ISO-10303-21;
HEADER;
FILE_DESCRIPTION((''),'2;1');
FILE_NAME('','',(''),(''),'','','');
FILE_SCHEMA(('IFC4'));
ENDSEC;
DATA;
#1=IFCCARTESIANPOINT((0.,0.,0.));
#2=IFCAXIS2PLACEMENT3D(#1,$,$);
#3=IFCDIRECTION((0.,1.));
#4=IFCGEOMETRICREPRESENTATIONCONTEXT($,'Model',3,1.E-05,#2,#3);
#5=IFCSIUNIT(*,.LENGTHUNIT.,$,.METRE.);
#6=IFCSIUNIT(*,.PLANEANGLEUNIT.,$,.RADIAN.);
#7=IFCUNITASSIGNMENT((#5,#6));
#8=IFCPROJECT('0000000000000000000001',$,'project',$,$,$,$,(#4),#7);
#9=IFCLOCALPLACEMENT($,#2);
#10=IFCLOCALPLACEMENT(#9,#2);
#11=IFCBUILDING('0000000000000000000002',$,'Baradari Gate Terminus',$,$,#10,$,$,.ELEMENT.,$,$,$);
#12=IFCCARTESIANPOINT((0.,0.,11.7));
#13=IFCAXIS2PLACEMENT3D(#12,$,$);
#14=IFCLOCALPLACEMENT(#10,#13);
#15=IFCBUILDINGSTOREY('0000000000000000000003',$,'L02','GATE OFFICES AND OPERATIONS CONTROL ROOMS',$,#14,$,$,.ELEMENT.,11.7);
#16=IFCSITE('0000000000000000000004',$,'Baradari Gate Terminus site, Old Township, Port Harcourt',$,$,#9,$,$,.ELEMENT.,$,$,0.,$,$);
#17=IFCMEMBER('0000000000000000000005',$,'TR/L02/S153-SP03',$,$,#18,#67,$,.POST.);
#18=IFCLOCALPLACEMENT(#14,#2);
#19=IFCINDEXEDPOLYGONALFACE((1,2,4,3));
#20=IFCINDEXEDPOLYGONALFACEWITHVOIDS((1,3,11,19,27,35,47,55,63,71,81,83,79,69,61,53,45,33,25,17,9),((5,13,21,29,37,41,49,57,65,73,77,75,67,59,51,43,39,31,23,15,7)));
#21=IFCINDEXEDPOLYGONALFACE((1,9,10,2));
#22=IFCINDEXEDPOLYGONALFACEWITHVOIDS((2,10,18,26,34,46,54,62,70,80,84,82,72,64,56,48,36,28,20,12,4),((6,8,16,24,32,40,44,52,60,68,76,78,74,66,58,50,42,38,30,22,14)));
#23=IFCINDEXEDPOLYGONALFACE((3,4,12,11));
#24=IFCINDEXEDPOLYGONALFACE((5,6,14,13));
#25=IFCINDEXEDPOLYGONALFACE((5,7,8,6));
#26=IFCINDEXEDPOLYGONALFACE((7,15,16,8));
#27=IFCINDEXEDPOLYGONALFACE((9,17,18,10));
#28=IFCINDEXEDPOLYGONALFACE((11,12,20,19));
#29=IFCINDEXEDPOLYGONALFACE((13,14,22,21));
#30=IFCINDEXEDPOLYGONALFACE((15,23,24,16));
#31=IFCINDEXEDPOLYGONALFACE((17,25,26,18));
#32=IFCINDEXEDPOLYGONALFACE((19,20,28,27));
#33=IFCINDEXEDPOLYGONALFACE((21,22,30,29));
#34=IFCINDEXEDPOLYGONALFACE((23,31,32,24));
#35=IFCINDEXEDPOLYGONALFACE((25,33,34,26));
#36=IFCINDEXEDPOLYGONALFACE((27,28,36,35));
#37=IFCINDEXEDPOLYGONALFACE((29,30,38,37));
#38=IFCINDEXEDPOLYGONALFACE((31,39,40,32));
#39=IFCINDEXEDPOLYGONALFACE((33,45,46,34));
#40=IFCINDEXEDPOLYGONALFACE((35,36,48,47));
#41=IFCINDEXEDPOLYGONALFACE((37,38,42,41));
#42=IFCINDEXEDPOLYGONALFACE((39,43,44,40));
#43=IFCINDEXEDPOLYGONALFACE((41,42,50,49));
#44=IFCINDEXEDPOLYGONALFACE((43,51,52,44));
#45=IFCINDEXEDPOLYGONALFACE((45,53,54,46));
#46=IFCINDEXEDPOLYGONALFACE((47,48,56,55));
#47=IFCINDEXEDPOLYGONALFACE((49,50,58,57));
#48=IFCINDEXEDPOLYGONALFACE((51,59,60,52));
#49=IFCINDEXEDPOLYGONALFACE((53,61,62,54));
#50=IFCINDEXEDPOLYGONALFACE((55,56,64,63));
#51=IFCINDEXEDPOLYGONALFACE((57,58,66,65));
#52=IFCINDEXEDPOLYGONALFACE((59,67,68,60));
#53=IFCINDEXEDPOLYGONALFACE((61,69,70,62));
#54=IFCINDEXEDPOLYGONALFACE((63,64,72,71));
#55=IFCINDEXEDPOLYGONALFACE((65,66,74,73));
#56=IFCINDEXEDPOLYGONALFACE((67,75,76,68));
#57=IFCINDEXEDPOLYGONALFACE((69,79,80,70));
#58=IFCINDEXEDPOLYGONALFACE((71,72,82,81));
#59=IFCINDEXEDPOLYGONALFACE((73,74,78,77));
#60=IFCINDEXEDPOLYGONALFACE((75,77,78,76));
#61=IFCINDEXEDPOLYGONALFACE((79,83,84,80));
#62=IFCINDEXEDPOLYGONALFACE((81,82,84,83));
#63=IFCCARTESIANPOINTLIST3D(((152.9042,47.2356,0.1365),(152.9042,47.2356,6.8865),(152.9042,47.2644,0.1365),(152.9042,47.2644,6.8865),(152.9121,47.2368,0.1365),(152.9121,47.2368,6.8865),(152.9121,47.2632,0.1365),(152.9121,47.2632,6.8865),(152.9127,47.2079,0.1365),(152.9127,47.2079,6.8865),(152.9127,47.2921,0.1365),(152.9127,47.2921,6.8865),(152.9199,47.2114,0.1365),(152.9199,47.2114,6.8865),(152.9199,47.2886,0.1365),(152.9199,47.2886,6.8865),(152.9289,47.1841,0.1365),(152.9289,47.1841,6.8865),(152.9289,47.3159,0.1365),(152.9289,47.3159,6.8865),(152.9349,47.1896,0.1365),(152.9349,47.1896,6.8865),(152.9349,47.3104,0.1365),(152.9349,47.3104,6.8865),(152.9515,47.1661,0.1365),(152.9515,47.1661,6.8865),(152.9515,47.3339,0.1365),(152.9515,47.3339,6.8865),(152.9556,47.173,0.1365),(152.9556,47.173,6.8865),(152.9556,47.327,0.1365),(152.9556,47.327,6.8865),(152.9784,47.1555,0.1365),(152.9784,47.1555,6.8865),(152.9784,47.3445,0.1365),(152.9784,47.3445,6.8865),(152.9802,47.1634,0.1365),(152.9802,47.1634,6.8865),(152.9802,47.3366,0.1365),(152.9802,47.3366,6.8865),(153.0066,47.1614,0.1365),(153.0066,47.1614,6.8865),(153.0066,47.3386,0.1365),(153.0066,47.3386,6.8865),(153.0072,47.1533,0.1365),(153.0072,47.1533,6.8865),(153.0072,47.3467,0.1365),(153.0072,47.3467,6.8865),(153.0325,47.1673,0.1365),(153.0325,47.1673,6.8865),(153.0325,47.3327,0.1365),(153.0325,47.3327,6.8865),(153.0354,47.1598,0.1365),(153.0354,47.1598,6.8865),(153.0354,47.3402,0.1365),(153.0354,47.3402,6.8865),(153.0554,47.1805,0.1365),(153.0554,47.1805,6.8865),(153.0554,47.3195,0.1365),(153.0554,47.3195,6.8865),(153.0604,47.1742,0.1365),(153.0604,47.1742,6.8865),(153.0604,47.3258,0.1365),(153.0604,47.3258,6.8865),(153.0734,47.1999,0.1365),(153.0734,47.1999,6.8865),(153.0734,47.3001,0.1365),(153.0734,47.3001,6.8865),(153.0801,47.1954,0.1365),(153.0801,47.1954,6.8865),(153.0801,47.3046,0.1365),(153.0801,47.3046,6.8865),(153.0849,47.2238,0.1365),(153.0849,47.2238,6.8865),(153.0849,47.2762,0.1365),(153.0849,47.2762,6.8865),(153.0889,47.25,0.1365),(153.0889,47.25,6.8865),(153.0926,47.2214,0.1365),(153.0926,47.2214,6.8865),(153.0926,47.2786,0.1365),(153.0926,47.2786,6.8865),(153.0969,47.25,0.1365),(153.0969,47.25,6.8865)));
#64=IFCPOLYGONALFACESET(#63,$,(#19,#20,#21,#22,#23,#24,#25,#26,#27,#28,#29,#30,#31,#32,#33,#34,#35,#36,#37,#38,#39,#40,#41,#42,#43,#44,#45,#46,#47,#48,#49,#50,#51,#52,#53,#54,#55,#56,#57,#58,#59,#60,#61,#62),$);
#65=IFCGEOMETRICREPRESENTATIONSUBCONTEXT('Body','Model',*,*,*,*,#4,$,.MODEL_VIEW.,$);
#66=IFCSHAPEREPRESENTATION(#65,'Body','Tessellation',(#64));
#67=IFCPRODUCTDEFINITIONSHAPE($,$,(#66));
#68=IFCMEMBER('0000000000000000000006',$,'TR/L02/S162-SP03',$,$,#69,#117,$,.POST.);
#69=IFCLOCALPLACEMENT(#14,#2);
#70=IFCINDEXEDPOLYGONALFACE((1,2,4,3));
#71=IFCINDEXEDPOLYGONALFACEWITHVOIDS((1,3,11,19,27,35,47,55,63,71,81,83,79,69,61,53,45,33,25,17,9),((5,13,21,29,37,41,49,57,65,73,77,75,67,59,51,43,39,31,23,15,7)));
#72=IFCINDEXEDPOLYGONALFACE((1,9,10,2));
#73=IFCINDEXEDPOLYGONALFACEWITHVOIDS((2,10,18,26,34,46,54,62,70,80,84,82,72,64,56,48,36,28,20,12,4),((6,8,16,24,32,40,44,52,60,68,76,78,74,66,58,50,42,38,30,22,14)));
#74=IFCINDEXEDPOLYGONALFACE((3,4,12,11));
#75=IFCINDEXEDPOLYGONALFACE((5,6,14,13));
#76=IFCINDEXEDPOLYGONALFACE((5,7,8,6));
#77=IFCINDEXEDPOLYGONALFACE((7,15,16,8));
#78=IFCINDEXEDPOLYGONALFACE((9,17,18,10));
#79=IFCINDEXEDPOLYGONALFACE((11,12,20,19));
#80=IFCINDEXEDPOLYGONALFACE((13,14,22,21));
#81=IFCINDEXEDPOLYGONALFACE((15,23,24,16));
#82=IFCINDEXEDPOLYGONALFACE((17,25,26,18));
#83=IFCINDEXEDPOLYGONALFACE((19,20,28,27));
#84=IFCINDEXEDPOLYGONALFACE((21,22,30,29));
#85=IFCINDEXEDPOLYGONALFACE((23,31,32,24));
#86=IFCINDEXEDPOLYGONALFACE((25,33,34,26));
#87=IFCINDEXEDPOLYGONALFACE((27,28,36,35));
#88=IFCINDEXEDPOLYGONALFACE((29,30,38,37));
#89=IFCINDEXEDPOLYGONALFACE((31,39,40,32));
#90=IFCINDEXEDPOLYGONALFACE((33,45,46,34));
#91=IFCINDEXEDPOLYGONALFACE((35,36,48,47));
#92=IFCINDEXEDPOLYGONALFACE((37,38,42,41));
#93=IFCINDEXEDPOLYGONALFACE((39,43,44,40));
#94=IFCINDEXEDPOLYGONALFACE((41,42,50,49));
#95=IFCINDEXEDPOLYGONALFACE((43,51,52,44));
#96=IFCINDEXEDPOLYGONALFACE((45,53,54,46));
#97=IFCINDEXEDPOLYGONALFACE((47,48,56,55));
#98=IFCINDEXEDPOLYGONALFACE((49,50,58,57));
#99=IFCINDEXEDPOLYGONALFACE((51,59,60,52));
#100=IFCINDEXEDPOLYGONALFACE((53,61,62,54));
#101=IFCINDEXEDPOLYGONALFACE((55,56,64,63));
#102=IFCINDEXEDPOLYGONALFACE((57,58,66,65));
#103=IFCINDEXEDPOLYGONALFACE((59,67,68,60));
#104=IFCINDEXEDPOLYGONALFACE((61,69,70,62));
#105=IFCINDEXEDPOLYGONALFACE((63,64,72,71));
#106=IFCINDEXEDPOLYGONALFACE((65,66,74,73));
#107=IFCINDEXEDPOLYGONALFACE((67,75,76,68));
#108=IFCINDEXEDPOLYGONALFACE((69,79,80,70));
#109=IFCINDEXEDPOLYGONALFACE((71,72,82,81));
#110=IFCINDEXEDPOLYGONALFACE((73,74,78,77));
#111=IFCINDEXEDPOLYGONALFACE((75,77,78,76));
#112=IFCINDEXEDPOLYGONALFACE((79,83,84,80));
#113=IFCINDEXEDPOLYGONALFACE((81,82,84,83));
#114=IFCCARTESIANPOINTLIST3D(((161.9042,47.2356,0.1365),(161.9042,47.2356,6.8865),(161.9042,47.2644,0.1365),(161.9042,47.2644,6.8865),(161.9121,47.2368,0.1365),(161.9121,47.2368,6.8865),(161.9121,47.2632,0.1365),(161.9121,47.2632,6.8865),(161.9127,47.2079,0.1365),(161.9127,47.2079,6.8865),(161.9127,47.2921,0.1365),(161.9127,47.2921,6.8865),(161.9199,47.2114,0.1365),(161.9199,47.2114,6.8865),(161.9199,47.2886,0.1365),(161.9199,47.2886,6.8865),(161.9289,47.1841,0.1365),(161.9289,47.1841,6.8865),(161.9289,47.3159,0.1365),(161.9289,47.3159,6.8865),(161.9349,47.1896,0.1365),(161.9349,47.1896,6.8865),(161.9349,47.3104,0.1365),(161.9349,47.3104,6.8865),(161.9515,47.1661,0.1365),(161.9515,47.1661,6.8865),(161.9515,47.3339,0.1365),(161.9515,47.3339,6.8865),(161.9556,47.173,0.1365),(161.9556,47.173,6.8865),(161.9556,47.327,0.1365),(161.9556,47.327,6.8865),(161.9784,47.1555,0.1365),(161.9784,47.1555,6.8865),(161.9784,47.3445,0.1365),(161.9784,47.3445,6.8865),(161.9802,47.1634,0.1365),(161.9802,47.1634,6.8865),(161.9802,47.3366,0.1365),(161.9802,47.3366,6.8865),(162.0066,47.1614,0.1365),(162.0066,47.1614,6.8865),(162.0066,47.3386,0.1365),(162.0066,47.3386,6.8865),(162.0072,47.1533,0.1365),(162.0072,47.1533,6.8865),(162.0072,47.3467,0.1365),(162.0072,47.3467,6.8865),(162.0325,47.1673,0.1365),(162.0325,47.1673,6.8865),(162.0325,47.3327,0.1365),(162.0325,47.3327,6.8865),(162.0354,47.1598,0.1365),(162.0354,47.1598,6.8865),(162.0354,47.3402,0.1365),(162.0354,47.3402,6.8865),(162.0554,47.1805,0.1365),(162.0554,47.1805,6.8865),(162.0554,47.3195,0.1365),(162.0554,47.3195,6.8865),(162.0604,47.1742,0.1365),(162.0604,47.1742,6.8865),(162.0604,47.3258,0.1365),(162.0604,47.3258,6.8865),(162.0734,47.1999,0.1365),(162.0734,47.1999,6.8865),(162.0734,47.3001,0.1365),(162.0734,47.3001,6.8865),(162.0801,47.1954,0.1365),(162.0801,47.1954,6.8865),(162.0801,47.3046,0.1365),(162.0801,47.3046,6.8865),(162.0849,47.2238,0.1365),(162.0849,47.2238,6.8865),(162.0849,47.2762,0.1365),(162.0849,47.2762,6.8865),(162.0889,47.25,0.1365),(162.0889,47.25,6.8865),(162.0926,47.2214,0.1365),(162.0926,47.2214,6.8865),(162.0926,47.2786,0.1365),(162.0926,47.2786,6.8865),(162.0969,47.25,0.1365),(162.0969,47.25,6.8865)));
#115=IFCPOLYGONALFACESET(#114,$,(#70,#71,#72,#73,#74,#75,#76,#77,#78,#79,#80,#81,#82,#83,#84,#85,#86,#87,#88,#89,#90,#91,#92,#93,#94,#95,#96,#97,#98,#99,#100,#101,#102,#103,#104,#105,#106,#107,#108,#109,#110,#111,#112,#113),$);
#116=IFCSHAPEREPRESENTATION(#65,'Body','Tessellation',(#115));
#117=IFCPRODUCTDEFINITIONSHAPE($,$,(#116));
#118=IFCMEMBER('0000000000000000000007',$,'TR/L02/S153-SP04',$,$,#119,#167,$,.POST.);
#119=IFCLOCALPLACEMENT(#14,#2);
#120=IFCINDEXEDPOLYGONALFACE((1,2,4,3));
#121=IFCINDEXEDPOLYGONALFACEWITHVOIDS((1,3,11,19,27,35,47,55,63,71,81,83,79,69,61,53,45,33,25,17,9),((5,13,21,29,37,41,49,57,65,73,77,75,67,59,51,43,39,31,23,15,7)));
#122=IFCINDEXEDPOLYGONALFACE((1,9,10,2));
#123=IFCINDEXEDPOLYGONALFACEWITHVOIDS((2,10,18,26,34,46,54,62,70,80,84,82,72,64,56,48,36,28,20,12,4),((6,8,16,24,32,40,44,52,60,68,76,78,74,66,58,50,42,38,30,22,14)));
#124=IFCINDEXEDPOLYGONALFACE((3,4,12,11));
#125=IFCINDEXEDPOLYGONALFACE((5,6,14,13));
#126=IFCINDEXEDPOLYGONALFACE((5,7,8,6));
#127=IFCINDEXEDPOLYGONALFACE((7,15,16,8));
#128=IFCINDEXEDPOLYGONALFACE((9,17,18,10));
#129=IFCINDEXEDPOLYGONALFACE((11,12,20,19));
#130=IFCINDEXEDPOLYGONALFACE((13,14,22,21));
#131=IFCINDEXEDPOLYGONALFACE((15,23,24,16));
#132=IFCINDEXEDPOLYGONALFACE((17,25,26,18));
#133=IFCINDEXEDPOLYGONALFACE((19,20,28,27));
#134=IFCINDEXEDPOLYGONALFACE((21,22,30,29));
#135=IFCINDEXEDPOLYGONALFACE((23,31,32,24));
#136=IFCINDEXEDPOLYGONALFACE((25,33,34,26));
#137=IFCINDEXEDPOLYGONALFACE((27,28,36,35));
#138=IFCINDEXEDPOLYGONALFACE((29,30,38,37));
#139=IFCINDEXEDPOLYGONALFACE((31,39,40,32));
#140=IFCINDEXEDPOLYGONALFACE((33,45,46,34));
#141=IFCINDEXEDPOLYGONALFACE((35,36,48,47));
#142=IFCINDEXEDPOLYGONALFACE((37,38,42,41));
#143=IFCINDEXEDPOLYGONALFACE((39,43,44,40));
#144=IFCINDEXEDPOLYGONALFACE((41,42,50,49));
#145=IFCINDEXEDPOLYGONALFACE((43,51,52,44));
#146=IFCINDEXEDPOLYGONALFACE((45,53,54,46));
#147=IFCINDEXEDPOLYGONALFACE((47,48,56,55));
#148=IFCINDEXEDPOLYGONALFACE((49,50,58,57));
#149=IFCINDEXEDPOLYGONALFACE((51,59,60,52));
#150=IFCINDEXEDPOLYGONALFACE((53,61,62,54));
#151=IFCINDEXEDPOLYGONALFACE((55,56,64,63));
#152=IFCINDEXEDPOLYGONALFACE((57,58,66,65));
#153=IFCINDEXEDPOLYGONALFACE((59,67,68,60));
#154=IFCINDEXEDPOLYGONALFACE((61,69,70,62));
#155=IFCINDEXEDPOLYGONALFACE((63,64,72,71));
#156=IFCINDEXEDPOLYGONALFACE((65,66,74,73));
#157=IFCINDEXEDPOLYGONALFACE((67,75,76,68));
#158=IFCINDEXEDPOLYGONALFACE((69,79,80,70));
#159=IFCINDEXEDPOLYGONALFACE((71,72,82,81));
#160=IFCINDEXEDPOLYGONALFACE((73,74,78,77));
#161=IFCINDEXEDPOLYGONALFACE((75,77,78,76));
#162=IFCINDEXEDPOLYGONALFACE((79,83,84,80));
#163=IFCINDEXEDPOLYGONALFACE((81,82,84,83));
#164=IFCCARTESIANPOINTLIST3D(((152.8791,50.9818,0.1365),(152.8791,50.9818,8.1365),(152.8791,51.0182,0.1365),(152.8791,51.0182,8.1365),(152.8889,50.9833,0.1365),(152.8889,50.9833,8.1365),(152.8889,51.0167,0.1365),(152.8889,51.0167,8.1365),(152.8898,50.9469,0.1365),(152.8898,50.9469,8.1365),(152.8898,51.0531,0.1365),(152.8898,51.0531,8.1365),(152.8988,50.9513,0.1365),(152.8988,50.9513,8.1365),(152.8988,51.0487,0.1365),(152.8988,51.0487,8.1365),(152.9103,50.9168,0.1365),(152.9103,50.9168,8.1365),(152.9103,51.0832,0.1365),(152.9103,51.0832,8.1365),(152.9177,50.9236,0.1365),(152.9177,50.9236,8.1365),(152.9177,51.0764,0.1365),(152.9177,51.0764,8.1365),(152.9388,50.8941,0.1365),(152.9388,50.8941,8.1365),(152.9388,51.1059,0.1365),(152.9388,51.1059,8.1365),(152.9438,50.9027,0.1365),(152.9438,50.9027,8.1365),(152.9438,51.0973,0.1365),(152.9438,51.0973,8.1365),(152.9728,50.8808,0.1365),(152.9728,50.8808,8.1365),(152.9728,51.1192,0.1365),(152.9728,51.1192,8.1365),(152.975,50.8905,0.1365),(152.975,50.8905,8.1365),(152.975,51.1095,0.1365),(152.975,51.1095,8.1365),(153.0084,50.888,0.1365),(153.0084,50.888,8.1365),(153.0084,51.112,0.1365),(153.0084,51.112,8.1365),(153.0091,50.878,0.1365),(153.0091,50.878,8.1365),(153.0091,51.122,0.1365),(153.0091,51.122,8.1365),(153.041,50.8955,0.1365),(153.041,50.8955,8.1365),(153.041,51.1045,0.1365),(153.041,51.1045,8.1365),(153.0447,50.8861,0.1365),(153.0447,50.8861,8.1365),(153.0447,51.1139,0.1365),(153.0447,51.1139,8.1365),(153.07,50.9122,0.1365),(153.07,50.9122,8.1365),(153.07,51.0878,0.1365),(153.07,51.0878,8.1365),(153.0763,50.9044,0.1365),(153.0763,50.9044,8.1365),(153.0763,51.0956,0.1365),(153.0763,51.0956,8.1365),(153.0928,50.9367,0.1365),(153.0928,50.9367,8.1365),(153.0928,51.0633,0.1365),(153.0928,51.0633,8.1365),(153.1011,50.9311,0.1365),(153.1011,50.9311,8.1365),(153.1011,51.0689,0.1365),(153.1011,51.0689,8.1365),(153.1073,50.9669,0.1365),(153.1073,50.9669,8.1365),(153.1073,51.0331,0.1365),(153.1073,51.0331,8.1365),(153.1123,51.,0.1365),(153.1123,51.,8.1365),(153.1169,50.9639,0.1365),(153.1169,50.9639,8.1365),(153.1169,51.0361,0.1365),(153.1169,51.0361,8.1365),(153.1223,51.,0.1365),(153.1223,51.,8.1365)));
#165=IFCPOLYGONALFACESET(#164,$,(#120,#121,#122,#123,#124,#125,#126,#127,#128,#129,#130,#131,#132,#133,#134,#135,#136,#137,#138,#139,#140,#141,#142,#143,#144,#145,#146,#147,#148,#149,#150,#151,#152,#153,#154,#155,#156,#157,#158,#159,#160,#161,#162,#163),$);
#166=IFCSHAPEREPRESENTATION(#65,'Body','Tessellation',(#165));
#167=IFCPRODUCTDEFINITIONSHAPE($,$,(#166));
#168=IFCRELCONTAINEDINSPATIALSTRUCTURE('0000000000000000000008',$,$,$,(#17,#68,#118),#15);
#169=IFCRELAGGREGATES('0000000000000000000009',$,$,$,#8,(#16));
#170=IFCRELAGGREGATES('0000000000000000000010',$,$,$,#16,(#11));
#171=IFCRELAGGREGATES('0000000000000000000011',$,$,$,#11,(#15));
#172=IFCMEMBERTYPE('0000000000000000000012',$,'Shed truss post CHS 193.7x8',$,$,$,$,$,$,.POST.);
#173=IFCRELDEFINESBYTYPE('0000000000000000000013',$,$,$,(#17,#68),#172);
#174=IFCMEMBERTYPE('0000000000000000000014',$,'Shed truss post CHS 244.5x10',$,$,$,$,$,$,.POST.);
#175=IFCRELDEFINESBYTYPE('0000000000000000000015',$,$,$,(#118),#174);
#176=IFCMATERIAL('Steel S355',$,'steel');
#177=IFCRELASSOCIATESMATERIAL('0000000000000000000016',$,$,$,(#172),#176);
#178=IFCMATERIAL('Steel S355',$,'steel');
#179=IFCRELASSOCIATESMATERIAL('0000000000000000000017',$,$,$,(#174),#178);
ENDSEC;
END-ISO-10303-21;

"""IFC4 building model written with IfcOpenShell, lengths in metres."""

from ifc_helpers import new_model, si_unit, direction, frame, origin, origin_2d, place, context, subcontext, project, spatial, hollow_circle, extrude, material, material_profile, profile_set, type_object, element, save


model = new_model("IFC4")

# Units and contexts
model_context = context("Model", 3, precision=1e-05, world=origin(), true_north=direction((0.0, 1.0)))
body_context = subcontext(model_context, "Body", "Model", "MODEL_VIEW")
ifc_project = project(units=[si_unit("LENGTHUNIT", "METRE"), si_unit("PLANEANGLEUNIT", "RADIAN")], contexts=[model_context])

# Site, building, storey
site_placement = place(None, origin())
site = spatial("IfcSite", under=ifc_project, at=site_placement, Name="Baradari Gate Terminus site, Old Township, Port Harcourt", CompositionType="ELEMENT", RefElevation=0.0)
building_placement = place(site_placement, origin())
building = spatial("IfcBuilding", under=site, at=building_placement, Name="Baradari Gate Terminus", CompositionType="ELEMENT")
storey_placement = place(building_placement, frame((0.0, 0.0, 11.7)))
storey = spatial("IfcBuildingStorey", under=building, at=storey_placement, Name="L02", Description="GATE OFFICES AND OPERATIONS CONTROL ROOMS", CompositionType="ELEMENT", Elevation=11.7)

# Members
ifc_material_1 = material(Name="Steel S355", Category="steel")
ifc_material_profile_1 = material_profile(ifc_material_1, hollow_circle(Radius=0.0969, WallThickness=0.0081, at=origin_2d()), Name="CHS 193.7x8")
ifc_profile_set_1 = profile_set([ifc_material_profile_1], Name="Steel S355")
member_type_1 = type_object("IfcMemberType", Name="Shed truss post CHS 193.7x8", PredefinedType="POST", material=ifc_profile_set_1)
for number, where, z_axis, x_axis, name in (
    (1, (153.0, 47.25, 0.1365), (0.0, 0.0, 1.0), (1.0, 0.0, 0.0), "TR/L02/S153-SP03"),
    (2, (162.0, 47.25, 0.1365), (0.0, 0.0, 1.0), (1.0, 0.0, 0.0), "TR/L02/S162-SP03"),
):
    element("IfcMember", number, at=place(storey_placement, frame(where, z_axis=z_axis, x_axis=x_axis)), inside=storey, type_object=member_type_1, Name=name, PredefinedType="POST", context=body_context, shape_type="SweptSolid", body=[
        extrude(hollow_circle(Radius=0.0969, WallThickness=0.0081, at=origin_2d()), origin(), (0.0, 0.0, 1.0), 6.75),
    ])
ifc_material_2 = material(Name="Steel S355", Category="steel")
ifc_material_profile_2 = material_profile(ifc_material_2, hollow_circle(Radius=0.1223, WallThickness=0.01, at=origin_2d()), Name="CHS 244.5x10")
ifc_profile_set_2 = profile_set([ifc_material_profile_2], Name="Steel S355")
member_type_2 = type_object("IfcMemberType", Name="Shed truss post CHS 244.5x10", PredefinedType="POST", material=ifc_profile_set_2)
member_1_placement = place(storey_placement, frame((153.0, 51.0, 0.1365), z_axis=(0.0, 0.0, 1.0), x_axis=(1.0, 0.0, 0.0)))
element("IfcMember", 3, at=member_1_placement, inside=storey, type_object=member_type_2, Name="TR/L02/S153-SP04", PredefinedType="POST", context=body_context, shape_type="SweptSolid", body=[
    extrude(hollow_circle(Radius=0.1223, WallThickness=0.01, at=origin_2d()), origin(), (0.0, 0.0, 1.0), 8.0),
])

save(model, "model.ifc")
